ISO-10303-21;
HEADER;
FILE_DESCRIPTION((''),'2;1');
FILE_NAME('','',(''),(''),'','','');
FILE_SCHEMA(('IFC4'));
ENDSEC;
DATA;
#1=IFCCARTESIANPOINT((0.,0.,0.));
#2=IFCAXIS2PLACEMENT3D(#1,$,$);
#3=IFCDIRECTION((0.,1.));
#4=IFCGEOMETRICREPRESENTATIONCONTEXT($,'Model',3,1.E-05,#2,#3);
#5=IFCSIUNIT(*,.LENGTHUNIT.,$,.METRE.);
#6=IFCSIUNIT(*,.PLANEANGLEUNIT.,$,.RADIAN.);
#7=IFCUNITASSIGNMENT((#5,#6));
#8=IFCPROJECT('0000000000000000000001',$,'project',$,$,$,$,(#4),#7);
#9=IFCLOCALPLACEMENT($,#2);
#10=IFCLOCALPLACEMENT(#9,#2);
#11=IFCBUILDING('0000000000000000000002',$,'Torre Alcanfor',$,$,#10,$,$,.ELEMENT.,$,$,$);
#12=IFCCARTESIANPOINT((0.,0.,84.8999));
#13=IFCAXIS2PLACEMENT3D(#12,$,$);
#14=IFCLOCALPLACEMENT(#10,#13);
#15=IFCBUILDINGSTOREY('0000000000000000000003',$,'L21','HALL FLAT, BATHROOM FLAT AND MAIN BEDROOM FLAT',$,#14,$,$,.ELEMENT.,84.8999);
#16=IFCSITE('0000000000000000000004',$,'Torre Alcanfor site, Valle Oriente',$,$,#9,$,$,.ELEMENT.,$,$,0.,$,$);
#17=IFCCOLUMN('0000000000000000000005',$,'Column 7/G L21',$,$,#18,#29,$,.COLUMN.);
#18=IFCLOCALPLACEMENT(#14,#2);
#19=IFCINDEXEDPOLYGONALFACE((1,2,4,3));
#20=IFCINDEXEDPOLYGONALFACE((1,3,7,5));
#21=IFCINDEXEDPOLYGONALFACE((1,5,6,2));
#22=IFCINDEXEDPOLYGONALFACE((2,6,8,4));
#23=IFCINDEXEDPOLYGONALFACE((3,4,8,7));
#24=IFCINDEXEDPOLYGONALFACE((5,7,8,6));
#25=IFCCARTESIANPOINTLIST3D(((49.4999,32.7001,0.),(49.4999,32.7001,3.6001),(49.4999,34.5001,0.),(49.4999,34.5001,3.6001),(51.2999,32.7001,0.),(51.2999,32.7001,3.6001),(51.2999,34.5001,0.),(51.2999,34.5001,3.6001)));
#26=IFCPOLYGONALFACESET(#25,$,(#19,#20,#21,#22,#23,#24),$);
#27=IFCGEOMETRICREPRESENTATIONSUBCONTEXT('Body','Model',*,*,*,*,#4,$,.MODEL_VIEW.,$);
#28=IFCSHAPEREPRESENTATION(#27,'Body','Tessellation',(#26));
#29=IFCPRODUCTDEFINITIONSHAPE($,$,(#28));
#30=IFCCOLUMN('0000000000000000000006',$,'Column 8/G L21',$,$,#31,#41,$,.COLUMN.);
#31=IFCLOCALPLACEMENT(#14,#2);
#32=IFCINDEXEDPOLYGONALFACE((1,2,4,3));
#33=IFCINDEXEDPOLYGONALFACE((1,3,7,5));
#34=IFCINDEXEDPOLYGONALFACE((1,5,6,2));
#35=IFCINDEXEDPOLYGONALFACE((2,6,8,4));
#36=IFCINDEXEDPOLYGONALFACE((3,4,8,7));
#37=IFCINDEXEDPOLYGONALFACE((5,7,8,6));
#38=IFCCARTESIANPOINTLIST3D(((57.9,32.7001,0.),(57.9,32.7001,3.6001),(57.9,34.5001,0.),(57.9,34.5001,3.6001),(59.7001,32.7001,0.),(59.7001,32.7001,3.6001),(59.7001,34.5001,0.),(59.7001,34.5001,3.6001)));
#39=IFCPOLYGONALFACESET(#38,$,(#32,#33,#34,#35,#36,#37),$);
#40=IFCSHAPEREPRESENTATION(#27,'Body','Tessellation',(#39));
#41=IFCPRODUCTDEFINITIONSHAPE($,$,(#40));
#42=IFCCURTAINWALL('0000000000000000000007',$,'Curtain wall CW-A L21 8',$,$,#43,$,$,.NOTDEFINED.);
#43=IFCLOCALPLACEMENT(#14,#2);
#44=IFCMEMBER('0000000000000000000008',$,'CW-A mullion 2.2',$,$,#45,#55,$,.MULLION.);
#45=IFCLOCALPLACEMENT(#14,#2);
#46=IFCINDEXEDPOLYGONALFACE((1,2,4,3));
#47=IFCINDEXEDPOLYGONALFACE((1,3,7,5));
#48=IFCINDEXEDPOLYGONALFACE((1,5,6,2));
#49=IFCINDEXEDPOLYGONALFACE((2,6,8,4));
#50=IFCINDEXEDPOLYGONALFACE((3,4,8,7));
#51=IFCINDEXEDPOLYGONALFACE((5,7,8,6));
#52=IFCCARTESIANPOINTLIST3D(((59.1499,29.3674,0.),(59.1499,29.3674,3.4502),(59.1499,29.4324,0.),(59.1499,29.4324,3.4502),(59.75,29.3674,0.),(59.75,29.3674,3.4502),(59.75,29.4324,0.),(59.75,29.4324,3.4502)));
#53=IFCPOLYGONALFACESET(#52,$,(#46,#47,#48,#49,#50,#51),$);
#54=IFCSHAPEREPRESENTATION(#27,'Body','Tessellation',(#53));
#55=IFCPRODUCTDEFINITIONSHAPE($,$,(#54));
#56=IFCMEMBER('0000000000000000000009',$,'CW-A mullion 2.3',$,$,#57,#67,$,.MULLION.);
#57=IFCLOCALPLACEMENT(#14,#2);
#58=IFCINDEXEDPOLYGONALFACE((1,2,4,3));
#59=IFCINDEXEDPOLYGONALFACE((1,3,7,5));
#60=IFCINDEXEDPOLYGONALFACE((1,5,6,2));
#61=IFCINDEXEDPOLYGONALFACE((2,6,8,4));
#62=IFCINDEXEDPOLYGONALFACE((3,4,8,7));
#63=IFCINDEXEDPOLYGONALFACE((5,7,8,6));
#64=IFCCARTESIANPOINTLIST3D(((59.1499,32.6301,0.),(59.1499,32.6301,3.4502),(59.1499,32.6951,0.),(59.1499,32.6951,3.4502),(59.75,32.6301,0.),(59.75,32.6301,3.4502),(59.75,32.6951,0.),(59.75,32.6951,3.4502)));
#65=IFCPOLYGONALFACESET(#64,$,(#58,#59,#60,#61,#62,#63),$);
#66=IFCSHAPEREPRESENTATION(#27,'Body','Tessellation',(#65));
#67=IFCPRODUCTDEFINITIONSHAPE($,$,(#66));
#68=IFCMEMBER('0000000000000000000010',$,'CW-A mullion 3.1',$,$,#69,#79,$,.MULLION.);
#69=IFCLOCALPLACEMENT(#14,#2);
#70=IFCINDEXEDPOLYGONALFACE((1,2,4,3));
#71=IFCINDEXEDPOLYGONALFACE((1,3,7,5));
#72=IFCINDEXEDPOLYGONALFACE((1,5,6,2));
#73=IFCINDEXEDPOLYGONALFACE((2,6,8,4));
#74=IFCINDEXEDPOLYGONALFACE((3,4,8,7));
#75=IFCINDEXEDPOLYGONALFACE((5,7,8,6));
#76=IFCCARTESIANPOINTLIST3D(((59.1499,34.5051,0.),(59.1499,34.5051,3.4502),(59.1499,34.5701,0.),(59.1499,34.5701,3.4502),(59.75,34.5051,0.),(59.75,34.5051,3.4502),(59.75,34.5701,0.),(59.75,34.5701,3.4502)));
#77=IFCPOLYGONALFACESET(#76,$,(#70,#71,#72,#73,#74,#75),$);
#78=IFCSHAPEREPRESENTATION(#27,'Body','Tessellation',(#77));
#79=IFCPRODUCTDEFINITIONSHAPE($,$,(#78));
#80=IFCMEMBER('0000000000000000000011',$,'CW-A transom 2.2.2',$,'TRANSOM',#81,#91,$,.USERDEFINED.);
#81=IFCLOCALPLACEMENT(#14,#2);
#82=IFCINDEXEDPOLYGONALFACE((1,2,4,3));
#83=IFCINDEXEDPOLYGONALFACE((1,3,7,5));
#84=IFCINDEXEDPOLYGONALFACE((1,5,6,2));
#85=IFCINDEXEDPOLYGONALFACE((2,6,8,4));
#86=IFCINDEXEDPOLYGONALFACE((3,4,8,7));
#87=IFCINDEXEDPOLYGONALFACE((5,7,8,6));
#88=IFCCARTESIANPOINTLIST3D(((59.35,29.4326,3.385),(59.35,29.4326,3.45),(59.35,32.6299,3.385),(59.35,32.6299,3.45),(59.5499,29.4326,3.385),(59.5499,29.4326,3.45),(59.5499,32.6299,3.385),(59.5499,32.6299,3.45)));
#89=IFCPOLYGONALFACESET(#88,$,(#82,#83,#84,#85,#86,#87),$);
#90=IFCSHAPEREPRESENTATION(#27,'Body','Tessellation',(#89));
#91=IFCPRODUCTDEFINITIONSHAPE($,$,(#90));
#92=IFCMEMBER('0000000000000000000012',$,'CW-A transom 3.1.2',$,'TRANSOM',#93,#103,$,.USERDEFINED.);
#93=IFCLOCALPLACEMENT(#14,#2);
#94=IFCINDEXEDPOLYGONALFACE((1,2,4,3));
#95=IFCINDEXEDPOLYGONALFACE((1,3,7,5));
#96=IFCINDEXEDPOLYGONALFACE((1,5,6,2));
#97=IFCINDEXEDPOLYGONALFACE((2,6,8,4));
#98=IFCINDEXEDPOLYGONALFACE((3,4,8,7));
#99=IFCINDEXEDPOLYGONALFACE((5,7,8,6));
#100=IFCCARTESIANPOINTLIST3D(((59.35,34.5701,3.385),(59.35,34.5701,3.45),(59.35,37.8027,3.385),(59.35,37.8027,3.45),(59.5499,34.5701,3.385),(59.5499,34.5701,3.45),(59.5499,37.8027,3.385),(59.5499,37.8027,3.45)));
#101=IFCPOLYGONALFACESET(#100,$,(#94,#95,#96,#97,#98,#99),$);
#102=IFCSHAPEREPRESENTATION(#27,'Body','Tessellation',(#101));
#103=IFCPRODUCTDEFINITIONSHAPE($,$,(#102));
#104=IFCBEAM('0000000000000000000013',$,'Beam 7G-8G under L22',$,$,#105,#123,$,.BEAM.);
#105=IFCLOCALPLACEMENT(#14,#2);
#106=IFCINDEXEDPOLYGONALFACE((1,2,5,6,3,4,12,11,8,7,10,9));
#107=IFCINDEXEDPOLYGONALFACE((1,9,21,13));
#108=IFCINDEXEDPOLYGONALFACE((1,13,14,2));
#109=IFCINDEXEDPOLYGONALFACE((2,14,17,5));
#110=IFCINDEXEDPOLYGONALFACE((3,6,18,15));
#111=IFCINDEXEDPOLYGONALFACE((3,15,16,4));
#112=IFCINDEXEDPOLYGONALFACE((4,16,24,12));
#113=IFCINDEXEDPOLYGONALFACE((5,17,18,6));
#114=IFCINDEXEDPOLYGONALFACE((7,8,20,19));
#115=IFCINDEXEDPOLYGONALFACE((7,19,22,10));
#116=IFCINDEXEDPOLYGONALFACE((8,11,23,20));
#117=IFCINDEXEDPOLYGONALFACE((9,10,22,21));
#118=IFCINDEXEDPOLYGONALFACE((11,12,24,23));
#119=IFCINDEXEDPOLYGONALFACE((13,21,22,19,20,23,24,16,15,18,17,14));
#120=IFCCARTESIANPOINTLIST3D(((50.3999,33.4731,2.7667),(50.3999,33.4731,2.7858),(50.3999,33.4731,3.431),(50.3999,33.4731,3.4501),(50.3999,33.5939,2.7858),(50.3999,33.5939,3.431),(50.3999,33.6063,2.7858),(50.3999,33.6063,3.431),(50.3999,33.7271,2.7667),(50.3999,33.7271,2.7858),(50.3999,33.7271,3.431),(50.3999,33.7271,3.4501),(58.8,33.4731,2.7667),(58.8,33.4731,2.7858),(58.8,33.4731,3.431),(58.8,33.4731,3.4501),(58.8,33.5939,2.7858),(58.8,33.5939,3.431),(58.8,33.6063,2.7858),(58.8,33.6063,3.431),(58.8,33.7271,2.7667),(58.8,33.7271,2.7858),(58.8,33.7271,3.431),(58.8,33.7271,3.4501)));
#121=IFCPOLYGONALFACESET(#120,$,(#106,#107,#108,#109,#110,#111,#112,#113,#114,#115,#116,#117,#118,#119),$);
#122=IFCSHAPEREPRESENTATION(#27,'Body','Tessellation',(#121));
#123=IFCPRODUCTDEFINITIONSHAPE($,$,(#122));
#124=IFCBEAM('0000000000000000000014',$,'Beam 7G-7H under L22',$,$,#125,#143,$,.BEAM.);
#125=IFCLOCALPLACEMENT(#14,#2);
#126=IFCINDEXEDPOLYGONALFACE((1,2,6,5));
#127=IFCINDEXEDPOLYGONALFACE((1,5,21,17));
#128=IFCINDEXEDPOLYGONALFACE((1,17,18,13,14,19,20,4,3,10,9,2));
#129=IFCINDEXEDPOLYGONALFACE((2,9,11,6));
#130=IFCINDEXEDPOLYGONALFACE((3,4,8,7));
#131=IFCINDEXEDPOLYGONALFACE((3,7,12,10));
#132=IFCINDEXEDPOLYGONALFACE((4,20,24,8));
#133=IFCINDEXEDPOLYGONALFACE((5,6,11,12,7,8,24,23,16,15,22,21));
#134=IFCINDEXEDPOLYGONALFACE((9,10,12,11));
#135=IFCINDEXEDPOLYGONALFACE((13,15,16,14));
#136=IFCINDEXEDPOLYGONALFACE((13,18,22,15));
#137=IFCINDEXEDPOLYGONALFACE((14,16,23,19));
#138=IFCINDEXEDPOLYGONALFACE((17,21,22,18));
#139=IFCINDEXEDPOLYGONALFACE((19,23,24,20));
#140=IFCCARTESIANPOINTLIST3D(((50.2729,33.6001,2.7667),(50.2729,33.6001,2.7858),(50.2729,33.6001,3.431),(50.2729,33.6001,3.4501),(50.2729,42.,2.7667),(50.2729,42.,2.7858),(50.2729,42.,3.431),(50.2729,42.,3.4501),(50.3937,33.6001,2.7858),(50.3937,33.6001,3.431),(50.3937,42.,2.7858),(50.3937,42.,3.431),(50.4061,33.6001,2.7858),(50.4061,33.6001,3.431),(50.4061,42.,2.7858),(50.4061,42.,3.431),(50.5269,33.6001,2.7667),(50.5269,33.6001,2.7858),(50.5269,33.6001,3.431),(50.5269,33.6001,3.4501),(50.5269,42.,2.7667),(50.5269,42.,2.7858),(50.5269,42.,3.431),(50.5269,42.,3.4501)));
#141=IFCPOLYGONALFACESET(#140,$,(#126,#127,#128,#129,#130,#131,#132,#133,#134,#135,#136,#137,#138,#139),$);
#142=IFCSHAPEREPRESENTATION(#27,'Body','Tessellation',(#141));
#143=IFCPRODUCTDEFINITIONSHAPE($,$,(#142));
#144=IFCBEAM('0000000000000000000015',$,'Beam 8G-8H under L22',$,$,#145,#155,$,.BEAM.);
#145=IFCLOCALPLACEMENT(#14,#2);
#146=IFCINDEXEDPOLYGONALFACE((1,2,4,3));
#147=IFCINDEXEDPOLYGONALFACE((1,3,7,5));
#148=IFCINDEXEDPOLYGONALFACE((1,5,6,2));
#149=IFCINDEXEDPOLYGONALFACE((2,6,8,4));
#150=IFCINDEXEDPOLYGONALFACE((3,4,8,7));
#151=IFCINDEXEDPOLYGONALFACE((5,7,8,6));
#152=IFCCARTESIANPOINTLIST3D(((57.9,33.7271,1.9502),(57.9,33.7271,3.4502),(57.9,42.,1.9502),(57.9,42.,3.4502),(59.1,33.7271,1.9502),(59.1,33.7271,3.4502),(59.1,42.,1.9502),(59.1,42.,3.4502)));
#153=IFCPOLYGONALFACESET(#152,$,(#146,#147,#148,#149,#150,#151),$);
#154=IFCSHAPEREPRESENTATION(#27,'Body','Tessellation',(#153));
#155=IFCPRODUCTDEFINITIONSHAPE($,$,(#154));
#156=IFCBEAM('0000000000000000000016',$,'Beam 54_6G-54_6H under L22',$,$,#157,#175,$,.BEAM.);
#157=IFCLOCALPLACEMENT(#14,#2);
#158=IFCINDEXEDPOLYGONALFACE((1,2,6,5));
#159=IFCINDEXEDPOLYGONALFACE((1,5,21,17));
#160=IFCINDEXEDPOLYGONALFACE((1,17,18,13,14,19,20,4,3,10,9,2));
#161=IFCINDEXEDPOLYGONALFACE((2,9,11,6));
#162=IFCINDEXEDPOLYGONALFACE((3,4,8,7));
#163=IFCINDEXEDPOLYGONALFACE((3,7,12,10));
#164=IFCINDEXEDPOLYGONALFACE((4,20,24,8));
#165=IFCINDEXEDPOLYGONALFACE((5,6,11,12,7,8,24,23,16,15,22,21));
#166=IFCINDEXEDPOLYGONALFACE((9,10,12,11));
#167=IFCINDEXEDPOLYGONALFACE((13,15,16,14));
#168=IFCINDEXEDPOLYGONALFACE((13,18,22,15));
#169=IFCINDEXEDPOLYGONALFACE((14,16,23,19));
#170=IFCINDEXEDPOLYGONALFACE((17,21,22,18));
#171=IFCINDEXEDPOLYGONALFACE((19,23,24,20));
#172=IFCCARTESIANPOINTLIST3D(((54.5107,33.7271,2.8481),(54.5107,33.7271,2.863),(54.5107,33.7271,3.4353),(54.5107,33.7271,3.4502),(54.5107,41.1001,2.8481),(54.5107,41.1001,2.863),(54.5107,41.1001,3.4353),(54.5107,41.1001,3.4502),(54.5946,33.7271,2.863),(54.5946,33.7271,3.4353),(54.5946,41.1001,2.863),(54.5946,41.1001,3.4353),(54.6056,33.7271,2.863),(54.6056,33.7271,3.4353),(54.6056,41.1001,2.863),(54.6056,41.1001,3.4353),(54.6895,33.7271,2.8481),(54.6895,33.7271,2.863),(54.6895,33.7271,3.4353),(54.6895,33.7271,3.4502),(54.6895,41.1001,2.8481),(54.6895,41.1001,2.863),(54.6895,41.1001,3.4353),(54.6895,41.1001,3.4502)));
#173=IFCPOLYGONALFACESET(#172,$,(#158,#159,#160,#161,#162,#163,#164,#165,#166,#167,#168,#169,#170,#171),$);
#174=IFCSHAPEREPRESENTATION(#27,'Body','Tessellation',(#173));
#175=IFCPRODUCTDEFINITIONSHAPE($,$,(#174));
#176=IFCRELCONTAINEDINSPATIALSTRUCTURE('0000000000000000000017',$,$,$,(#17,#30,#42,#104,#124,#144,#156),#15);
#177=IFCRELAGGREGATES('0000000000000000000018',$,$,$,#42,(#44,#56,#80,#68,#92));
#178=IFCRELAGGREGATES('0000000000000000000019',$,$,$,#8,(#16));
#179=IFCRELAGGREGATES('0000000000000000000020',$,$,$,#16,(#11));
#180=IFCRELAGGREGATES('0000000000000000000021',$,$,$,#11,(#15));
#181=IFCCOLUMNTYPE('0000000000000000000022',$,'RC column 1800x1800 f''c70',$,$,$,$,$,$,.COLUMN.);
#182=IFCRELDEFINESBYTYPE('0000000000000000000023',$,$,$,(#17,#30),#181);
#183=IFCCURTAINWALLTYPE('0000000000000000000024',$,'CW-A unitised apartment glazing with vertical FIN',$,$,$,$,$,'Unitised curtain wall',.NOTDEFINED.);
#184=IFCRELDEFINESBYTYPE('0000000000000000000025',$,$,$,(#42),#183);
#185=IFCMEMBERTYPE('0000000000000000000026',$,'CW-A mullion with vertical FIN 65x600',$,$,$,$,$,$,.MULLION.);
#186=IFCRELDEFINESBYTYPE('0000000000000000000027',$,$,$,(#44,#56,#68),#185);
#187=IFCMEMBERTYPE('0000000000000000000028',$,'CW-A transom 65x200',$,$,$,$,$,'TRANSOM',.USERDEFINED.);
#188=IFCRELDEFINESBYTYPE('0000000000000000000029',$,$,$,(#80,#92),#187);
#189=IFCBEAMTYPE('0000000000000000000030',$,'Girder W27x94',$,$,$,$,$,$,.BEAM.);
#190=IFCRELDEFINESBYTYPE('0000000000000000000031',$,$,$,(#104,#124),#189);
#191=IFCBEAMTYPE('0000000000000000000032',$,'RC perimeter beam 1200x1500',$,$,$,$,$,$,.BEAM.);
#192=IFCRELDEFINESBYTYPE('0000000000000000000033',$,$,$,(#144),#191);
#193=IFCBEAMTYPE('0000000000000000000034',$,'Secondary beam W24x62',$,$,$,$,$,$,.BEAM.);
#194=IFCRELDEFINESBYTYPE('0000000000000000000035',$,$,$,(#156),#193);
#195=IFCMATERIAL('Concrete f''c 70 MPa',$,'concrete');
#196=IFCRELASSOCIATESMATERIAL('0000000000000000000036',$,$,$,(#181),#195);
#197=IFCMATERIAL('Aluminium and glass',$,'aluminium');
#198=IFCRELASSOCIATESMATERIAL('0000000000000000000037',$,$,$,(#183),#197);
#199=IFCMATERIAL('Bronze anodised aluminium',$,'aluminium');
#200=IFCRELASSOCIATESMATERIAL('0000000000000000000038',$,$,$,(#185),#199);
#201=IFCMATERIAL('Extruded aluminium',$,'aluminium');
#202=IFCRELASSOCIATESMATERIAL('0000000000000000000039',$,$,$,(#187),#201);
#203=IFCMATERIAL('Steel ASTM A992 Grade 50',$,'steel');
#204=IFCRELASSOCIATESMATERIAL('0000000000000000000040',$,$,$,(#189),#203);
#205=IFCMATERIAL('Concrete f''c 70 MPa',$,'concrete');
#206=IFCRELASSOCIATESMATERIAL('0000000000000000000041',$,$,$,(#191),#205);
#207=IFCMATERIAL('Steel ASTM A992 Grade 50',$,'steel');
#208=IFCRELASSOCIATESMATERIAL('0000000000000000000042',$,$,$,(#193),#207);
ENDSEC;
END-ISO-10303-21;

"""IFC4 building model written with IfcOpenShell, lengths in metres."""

from ifc_helpers import new_model, si_unit, direction, frame, origin, origin_2d, place, context, subcontext, project, spatial, rectangle, i_section, extrude, material, material_profile, profile_set, type_object, element, aggregate, save


model = new_model("IFC4")

# Units and contexts
model_context = context("Model", 3, precision=1e-05, world=origin(), true_north=direction((0.0, 1.0)))
body_context = subcontext(model_context, "Body", "Model", "MODEL_VIEW")
ifc_project = project(units=[si_unit("LENGTHUNIT", "METRE"), si_unit("PLANEANGLEUNIT", "RADIAN")], contexts=[model_context])

# Site, building, storey
site_placement = place(None, origin())
site = spatial("IfcSite", under=ifc_project, at=site_placement, Name="Torre Alcanfor site, Valle Oriente", CompositionType="ELEMENT", RefElevation=0.0)
building_placement = place(site_placement, origin())
building = spatial("IfcBuilding", under=site, at=building_placement, Name="Torre Alcanfor", CompositionType="ELEMENT")
storey_placement = place(building_placement, frame((0.0, 0.0, 84.8999)))
storey = spatial("IfcBuildingStorey", under=building, at=storey_placement, Name="L21", Description="HALL FLAT, BATHROOM FLAT AND MAIN BEDROOM FLAT", CompositionType="ELEMENT", Elevation=84.8999)

# Columns
ifc_material_1 = material(Name="Concrete f'c 70 MPa", Category="concrete")
ifc_material_profile_1 = material_profile(ifc_material_1, rectangle(XDim=1.8, YDim=1.8, at=origin_2d()), Name="1800x1800")
ifc_profile_set_1 = profile_set([ifc_material_profile_1], Name="Concrete f'c 70 MPa")
column_type = type_object("IfcColumnType", Name="RC column 1800x1800 f'c70", PredefinedType="COLUMN", material=ifc_profile_set_1)
for number, where, z_axis, x_axis, name in (
    (1, (50.3999, 33.6001, 0.0), (0.0, 0.0, 1.0), (1.0, 0.0, 0.0), "Column 7/G L21"),
    (2, (58.8, 33.6001, 0.0), (0.0, 0.0, 1.0), (1.0, 0.0, 0.0), "Column 8/G L21"),
):
    element("IfcColumn", number, at=place(storey_placement, frame(where, z_axis=z_axis, x_axis=x_axis)), inside=storey, type_object=column_type, Name=name, PredefinedType="COLUMN", context=body_context, shape_type="SweptSolid", body=[
        extrude(rectangle(XDim=1.8, YDim=1.8, at=origin_2d()), origin(), (0.0, 0.0, 1.0), 3.6001),
    ])

# Curtain wall, members
ifc_material_2 = material(Name="Aluminium and glass", Category="aluminium")
curtain_wall_type = type_object("IfcCurtainWallType", Name="CW-A unitised apartment glazing with vertical FIN", ElementType="Unitised curtain wall", PredefinedType="NOTDEFINED", material=ifc_material_2)
curtain_wall_placement = place(storey_placement, origin())
curtain_wall = element("IfcCurtainWall", 3, at=curtain_wall_placement, inside=storey, type_object=curtain_wall_type, Name="Curtain wall CW-A L21 8", PredefinedType="NOTDEFINED")
ifc_material_3 = material(Name="Bronze anodised aluminium", Category="aluminium")
ifc_material_profile_2 = material_profile(ifc_material_3, rectangle(XDim=0.6001, YDim=0.0649, at=origin_2d()), Name="CW-A mullion 65x600")
ifc_profile_set_2 = profile_set([ifc_material_profile_2], Name="Bronze anodised aluminium")
member_type_1 = type_object("IfcMemberType", Name="CW-A mullion with vertical FIN 65x600", PredefinedType="MULLION", material=ifc_profile_set_2)
member_1_placement = place(storey_placement, frame((59.45, 29.3999, 0.0), z_axis=(0.0, 0.0, 1.0), x_axis=(-1.0, 0.0, 0.0)))
member_1 = element("IfcMember", 4, at=member_1_placement, type_object=member_type_1, Name="CW-A mullion 2.2", PredefinedType="MULLION", context=body_context, shape_type="SweptSolid", body=[
    extrude(rectangle(XDim=0.6001, YDim=0.0649, at=origin_2d()), origin(), (0.0, 0.0, 1.0), 3.4502),
])
member_2_placement = place(storey_placement, frame((59.45, 32.6626, 0.0), z_axis=(0.0, 0.0, 1.0), x_axis=(-1.0, 0.0, 0.0)))
member_2 = element("IfcMember", 5, at=member_2_placement, type_object=member_type_1, Name="CW-A mullion 2.3", PredefinedType="MULLION", context=body_context, shape_type="SweptSolid", body=[
    extrude(rectangle(XDim=0.6001, YDim=0.0649, at=origin_2d()), origin(), (0.0, 0.0, 1.0), 3.4502),
])
member_3_placement = place(storey_placement, frame((59.45, 34.5376, 0.0), z_axis=(0.0, 0.0, 1.0), x_axis=(-1.0, 0.0, 0.0)))
member_3 = element("IfcMember", 6, at=member_3_placement, type_object=member_type_1, Name="CW-A mullion 3.1", PredefinedType="MULLION", context=body_context, shape_type="SweptSolid", body=[
    extrude(rectangle(XDim=0.6001, YDim=0.0649, at=origin_2d()), origin(), (0.0, 0.0, 1.0), 3.4502),
])
ifc_material_4 = material(Name="Extruded aluminium", Category="aluminium")
ifc_material_profile_3 = material_profile(ifc_material_4, rectangle(XDim=0.2, YDim=0.0649, at=origin_2d()), Name="CW-A transom 200x65")
ifc_profile_set_3 = profile_set([ifc_material_profile_3], Name="Extruded aluminium")
member_type_2 = type_object("IfcMemberType", Name="CW-A transom 65x200", ElementType="TRANSOM", PredefinedType="USERDEFINED", material=ifc_profile_set_3)
member_4_placement = place(storey_placement, frame((59.45, 29.4326, 3.4175), z_axis=(0.0, 1.0, 0.0), x_axis=(-1.0, 0.0, 0.0)))
member_4 = element("IfcMember", 7, at=member_4_placement, type_object=member_type_2, Name="CW-A transom 2.2.2", ObjectType="TRANSOM", PredefinedType="USERDEFINED", context=body_context, shape_type="SweptSolid", body=[
    extrude(rectangle(XDim=0.2, YDim=0.0649, at=origin_2d()), origin(), (0.0, 0.0, 1.0), 3.1973),
])
member_5_placement = place(storey_placement, frame((59.45, 34.5701, 3.4175), z_axis=(0.0, 1.0, 0.0), x_axis=(-1.0, 0.0, 0.0)))
member_5 = element("IfcMember", 8, at=member_5_placement, type_object=member_type_2, Name="CW-A transom 3.1.2", ObjectType="TRANSOM", PredefinedType="USERDEFINED", context=body_context, shape_type="SweptSolid", body=[
    extrude(rectangle(XDim=0.2, YDim=0.0649, at=origin_2d()), origin(), (0.0, 0.0, 1.0), 3.2327),
])

# Beams
ifc_material_5 = material(Name="Steel ASTM A992 Grade 50", Category="steel")
ifc_material_profile_4 = material_profile(ifc_material_5, i_section(OverallWidth=0.2539, OverallDepth=0.6833, WebThickness=0.0125, FlangeThickness=0.019, at=origin_2d()), Name="W27x94")
ifc_profile_set_4 = profile_set([ifc_material_profile_4], Name="Steel ASTM A992 Grade 50")
beam_type_1 = type_object("IfcBeamType", Name="Girder W27x94", PredefinedType="BEAM", material=ifc_profile_set_4)
beam_1_placement = place(storey_placement, frame((50.3999, 33.6001, 3.1084), z_axis=(1.0, 0.0, 0.0), x_axis=(0.0, 1.0, 0.0)))
element("IfcBeam", 9, at=beam_1_placement, inside=storey, type_object=beam_type_1, Name="Beam 7G-8G under L22", PredefinedType="BEAM", context=body_context, shape_type="SweptSolid", body=[
    extrude(i_section(OverallWidth=0.2539, OverallDepth=0.6833, WebThickness=0.0125, FlangeThickness=0.019, at=origin_2d()), origin(), (0.0, 0.0, 1.0), 8.4001),
])
beam_2_placement = place(storey_placement, frame((50.3999, 33.6001, 3.1084), z_axis=(0.0, 1.0, 0.0), x_axis=(-1.0, 0.0, 0.0)))
element("IfcBeam", 10, at=beam_2_placement, inside=storey, type_object=beam_type_1, Name="Beam 7G-7H under L22", PredefinedType="BEAM", context=body_context, shape_type="SweptSolid", body=[
    extrude(i_section(OverallWidth=0.2539, OverallDepth=0.6833, WebThickness=0.0125, FlangeThickness=0.019, at=origin_2d()), origin(), (0.0, 0.0, 1.0), 8.3999),
])
ifc_material_6 = material(Name="Concrete f'c 70 MPa", Category="concrete")
ifc_material_profile_5 = material_profile(ifc_material_6, rectangle(XDim=1.2, YDim=1.5, at=origin_2d()), Name="1200x1500")
ifc_profile_set_5 = profile_set([ifc_material_profile_5], Name="Concrete f'c 70 MPa")
beam_type_2 = type_object("IfcBeamType", Name="RC perimeter beam 1200x1500", PredefinedType="BEAM", material=ifc_profile_set_5)
beam_3_placement = place(storey_placement, frame((58.5, 33.7271, 2.7002), z_axis=(0.0, 1.0, 0.0), x_axis=(-1.0, 0.0, 0.0)))
element("IfcBeam", 11, at=beam_3_placement, inside=storey, type_object=beam_type_2, Name="Beam 8G-8H under L22", PredefinedType="BEAM", context=body_context, shape_type="SweptSolid", body=[
    extrude(rectangle(XDim=1.2, YDim=1.5, at=origin_2d()), origin(), (0.0, 0.0, 1.0), 8.2729),
])
ifc_material_7 = material(Name="Steel ASTM A992 Grade 50", Category="steel")
ifc_material_profile_6 = material_profile(ifc_material_7, i_section(OverallWidth=0.1787, OverallDepth=0.6021, WebThickness=0.011, FlangeThickness=0.0149, at=origin_2d()), Name="W24x62")
ifc_profile_set_6 = profile_set([ifc_material_profile_6], Name="Steel ASTM A992 Grade 50")
beam_type_3 = type_object("IfcBeamType", Name="Secondary beam W24x62", PredefinedType="BEAM", material=ifc_profile_set_6)
beam_4_placement = place(storey_placement, frame((54.6001, 33.7271, 3.1492), z_axis=(0.0, 1.0, 0.0), x_axis=(-1.0, 0.0, 0.0)))
element("IfcBeam", 12, at=beam_4_placement, inside=storey, type_object=beam_type_3, Name="Beam 54_6G-54_6H under L22", PredefinedType="BEAM", context=body_context, shape_type="SweptSolid", body=[
    extrude(i_section(OverallWidth=0.1787, OverallDepth=0.6021, WebThickness=0.011, FlangeThickness=0.0149, at=origin_2d()), origin(), (0.0, 0.0, 1.0), 7.373),
])

aggregate(curtain_wall, [member_1, member_2, member_4, member_3, member_5])

save(model, "model.ifc")
